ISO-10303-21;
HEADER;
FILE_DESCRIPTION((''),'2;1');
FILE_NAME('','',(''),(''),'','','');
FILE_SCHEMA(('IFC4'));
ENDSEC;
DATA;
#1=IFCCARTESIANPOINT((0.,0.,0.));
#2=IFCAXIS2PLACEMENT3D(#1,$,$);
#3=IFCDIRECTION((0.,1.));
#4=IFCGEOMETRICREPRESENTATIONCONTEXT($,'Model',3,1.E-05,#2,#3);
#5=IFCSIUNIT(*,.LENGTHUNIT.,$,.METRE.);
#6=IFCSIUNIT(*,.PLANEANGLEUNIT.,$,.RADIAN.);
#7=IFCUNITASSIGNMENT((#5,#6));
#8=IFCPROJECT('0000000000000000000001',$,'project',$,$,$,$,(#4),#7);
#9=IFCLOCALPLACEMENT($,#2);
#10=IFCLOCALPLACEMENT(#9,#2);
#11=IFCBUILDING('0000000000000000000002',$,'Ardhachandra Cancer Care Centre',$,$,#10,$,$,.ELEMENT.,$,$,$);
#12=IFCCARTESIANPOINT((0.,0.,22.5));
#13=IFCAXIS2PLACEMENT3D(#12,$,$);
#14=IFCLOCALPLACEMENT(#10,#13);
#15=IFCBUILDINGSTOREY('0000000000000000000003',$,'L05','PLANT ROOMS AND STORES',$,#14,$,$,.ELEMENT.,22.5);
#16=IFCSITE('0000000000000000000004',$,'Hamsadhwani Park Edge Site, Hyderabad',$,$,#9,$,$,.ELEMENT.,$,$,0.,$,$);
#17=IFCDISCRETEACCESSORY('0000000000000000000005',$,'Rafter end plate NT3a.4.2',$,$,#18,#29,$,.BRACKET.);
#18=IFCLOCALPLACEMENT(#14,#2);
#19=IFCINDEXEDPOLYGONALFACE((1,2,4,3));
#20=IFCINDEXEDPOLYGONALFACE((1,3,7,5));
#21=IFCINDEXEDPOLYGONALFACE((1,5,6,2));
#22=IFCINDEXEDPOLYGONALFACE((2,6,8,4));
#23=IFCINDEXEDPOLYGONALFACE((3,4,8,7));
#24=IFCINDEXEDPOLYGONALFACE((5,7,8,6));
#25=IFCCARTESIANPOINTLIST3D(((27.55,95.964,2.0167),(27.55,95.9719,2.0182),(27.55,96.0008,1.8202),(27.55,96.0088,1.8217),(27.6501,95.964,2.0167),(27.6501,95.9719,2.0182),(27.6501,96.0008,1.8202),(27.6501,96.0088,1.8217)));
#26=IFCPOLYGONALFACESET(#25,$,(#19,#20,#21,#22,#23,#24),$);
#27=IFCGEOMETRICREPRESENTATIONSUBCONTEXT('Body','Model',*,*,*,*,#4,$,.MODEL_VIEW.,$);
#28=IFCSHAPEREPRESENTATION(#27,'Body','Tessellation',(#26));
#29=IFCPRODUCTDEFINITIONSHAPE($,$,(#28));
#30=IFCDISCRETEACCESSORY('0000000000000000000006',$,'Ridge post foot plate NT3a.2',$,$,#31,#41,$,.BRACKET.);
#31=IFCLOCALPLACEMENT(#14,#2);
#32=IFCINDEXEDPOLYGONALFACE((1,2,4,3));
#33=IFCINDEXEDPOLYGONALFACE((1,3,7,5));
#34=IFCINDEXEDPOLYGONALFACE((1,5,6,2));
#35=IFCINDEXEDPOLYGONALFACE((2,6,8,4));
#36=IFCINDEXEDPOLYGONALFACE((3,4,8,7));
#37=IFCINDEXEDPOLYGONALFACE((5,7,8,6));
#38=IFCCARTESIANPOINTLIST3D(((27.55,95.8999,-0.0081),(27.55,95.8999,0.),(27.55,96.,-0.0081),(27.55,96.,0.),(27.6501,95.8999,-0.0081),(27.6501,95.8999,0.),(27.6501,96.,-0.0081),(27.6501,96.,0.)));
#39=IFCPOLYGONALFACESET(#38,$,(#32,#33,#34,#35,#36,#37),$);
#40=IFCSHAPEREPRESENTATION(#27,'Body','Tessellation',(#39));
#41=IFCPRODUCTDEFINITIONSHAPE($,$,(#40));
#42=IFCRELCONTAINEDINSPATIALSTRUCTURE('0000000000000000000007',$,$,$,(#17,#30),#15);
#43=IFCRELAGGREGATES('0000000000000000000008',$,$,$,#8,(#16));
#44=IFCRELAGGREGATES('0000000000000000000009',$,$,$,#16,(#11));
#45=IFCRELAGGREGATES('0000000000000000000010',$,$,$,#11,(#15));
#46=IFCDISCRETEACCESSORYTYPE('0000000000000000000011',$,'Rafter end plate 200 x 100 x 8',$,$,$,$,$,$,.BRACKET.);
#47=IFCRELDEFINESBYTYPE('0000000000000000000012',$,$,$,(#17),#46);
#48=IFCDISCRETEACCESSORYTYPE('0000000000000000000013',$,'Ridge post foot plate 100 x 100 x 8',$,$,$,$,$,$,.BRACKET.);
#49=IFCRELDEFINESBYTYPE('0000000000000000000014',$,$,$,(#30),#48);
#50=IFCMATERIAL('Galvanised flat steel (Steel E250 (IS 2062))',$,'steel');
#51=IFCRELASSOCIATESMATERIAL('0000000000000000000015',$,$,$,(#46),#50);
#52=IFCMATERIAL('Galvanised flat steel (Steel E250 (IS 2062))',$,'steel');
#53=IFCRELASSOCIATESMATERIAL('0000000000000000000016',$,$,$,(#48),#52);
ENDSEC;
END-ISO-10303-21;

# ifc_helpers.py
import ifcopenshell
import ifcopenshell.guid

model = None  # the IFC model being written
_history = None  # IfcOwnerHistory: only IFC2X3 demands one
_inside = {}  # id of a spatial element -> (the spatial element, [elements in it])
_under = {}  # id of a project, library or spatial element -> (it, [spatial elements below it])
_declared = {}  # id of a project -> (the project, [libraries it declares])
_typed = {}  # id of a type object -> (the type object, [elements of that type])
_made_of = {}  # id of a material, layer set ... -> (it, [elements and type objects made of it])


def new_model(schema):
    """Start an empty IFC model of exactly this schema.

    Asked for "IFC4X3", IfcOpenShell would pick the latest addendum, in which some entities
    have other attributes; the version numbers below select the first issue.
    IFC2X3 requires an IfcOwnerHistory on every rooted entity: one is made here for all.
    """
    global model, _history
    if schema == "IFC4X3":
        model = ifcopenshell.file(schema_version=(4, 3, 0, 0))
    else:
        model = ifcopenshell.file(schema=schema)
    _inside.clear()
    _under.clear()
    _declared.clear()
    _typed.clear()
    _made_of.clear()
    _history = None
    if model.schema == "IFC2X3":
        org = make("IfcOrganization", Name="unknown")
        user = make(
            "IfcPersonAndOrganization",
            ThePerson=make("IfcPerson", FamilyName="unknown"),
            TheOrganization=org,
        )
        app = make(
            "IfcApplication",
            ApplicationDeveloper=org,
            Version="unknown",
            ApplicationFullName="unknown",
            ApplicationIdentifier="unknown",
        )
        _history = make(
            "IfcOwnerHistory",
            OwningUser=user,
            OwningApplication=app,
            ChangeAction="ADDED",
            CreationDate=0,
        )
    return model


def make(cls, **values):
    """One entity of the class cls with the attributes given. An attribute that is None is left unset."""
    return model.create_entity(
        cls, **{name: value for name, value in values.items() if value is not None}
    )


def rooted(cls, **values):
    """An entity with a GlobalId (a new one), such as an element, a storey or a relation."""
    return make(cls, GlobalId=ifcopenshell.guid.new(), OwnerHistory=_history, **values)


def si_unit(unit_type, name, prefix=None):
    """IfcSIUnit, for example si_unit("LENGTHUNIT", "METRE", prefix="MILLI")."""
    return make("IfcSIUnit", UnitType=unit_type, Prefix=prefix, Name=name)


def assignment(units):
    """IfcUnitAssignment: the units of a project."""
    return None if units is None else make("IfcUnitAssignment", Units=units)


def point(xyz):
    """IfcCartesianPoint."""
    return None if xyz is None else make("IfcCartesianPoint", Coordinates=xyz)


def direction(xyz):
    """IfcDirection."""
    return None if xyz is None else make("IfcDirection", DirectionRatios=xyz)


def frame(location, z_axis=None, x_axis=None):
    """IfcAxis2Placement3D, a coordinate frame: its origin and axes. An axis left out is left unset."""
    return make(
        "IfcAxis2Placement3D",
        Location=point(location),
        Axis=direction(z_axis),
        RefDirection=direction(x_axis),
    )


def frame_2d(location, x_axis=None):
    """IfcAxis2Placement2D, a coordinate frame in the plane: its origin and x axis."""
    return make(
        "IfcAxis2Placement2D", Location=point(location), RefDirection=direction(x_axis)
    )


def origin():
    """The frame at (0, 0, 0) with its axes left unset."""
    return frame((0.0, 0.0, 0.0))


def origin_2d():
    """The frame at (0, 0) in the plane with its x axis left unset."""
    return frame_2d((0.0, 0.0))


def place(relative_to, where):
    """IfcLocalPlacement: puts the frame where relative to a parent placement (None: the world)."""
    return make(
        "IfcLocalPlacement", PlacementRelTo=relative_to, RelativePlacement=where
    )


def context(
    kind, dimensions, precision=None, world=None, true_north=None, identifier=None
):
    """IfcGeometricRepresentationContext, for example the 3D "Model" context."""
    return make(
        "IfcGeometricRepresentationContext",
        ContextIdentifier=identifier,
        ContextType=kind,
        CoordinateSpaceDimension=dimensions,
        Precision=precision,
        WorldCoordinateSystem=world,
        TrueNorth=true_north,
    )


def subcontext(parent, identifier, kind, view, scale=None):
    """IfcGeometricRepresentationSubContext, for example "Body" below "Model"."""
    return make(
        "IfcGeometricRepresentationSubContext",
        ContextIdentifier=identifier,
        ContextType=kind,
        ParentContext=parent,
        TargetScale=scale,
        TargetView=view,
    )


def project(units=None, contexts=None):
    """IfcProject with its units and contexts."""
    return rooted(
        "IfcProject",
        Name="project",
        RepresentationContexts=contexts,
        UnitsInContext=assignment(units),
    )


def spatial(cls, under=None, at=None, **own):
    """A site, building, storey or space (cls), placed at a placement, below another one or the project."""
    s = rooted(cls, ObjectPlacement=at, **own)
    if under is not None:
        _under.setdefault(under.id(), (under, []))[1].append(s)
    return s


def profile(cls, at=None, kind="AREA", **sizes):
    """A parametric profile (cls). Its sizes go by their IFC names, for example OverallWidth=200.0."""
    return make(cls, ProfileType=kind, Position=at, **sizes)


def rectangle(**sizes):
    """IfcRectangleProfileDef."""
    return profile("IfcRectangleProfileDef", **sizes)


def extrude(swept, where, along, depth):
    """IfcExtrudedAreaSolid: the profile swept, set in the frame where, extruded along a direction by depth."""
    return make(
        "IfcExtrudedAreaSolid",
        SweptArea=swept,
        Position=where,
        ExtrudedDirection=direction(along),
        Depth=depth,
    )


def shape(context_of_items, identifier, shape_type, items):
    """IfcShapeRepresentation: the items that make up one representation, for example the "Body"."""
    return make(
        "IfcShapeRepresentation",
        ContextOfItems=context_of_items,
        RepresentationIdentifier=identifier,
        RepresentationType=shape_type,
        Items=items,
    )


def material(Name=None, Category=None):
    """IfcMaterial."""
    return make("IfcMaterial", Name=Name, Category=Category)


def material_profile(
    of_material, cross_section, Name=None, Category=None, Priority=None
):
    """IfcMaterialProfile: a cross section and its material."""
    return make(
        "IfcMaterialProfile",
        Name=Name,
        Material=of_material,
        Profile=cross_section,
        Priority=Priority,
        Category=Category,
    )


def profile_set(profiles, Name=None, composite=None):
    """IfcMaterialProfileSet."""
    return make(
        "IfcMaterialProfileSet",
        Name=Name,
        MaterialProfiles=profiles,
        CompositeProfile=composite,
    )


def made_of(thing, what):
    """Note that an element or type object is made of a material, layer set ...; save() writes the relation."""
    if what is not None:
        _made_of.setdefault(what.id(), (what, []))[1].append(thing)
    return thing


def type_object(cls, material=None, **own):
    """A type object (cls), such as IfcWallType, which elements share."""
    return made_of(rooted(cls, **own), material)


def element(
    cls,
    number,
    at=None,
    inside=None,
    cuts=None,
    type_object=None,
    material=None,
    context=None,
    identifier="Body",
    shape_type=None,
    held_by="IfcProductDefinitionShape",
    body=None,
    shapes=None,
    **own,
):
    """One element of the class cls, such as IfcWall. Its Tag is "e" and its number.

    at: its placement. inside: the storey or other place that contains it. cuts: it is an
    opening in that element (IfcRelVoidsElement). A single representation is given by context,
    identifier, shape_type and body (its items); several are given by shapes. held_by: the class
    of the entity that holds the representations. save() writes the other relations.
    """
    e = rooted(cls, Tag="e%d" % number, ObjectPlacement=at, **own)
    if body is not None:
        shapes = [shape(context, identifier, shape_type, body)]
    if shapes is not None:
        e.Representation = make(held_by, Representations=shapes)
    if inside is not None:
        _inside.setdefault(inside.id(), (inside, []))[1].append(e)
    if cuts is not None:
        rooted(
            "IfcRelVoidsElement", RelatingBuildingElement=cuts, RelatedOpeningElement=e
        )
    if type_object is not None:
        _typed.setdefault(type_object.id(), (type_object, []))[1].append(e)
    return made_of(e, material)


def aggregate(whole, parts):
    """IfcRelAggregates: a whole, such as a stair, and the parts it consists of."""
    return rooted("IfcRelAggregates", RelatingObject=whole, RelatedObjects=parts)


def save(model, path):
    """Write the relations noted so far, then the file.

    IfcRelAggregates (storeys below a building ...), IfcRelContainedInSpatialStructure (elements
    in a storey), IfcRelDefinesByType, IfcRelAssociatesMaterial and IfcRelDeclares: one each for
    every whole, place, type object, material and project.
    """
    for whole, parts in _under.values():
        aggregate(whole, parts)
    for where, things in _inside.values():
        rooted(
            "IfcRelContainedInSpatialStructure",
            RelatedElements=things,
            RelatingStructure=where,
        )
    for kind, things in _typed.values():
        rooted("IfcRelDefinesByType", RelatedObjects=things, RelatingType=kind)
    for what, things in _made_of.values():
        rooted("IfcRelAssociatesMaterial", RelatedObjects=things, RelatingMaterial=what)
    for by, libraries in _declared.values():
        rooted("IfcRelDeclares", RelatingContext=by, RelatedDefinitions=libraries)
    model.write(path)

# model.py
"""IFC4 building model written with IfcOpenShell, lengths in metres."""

from ifc_helpers import new_model, si_unit, direction, frame, origin, origin_2d, place, context, subcontext, project, spatial, rectangle, extrude, material, material_profile, profile_set, type_object, element, save


model = new_model("IFC4")

# Units and contexts
model_context = context("Model", 3, precision=1e-05, world=origin(), true_north=direction((0.0, 1.0)))
body_context = subcontext(model_context, "Body", "Model", "MODEL_VIEW")
ifc_project = project(units=[si_unit("LENGTHUNIT", "METRE"), si_unit("PLANEANGLEUNIT", "RADIAN")], contexts=[model_context])

# Site, building, storey
site_placement = place(None, origin())
site = spatial("IfcSite", under=ifc_project, at=site_placement, Name="Hamsadhwani Park Edge Site, Hyderabad", CompositionType="ELEMENT", RefElevation=0.0)
building_placement = place(site_placement, origin())
building = spatial("IfcBuilding", under=site, at=building_placement, Name="Ardhachandra Cancer Care Centre", CompositionType="ELEMENT")
storey_placement = place(building_placement, frame((0.0, 0.0, 22.5)))
storey = spatial("IfcBuildingStorey", under=building, at=storey_placement, Name="L05", Description="PLANT ROOMS AND STORES", CompositionType="ELEMENT", Elevation=22.5)

# Discrete accessories
ifc_material_1 = material(Name="Galvanised flat steel (Steel E250 (IS 2062))", Category="steel")
ifc_material_profile_1 = material_profile(ifc_material_1, rectangle(XDim=0.1001, YDim=0.2, at=origin_2d()), Name="Rafter end plate 200 x 100 x 8")
ifc_profile_set_1 = profile_set([ifc_material_profile_1], Name="Galvanised flat steel (Steel E250 (IS 2062))")
discrete_accessory_type_1 = type_object("IfcDiscreteAccessoryType", Name="Rafter end plate 200 x 100 x 8", PredefinedType="BRACKET", material=ifc_profile_set_1)
for number, where, z_axis, x_axis, name in (
    (1, (27.6001, 95.9824, 1.9185), (0.0, 0.982872, 0.184289), (-1.0, 0.0, 0.0), "Rafter end plate NT3a.4.2"),
):
    element("IfcDiscreteAccessory", number, at=place(storey_placement, frame(where, z_axis=z_axis, x_axis=x_axis)), inside=storey, type_object=discrete_accessory_type_1, Name=name, PredefinedType="BRACKET", context=body_context, shape_type="SweptSolid", body=[
        extrude(rectangle(XDim=0.1001, YDim=0.2, at=origin_2d()), origin(), (0.0, 0.0, 1.0), 0.0081),
    ])
ifc_material_2 = material(Name="Galvanised flat steel (Steel E250 (IS 2062))", Category="steel")
ifc_material_profile_2 = material_profile(ifc_material_2, rectangle(XDim=0.1001, YDim=0.1001, at=origin_2d()), Name="Ridge post foot plate 100 x 100 x 8")
ifc_profile_set_2 = profile_set([ifc_material_profile_2], Name="Galvanised flat steel (Steel E250 (IS 2062))")
discrete_accessory_type_2 = type_object("IfcDiscreteAccessoryType", Name="Ridge post foot plate 100 x 100 x 8", PredefinedType="BRACKET", material=ifc_profile_set_2)
discrete_accessory_placement = place(storey_placement, frame((27.6001, 95.95, 0.0), z_axis=(0.0, 0.0, -1.0), x_axis=(1.0, 0.0, 0.0)))
element("IfcDiscreteAccessory", 2, at=discrete_accessory_placement, inside=storey, type_object=discrete_accessory_type_2, Name="Ridge post foot plate NT3a.2", PredefinedType="BRACKET", context=body_context, shape_type="SweptSolid", body=[
    extrude(rectangle(XDim=0.1001, YDim=0.1001, at=origin_2d()), origin(), (0.0, 0.0, 1.0), 0.0081),
])

save(model, "model.ifc")
